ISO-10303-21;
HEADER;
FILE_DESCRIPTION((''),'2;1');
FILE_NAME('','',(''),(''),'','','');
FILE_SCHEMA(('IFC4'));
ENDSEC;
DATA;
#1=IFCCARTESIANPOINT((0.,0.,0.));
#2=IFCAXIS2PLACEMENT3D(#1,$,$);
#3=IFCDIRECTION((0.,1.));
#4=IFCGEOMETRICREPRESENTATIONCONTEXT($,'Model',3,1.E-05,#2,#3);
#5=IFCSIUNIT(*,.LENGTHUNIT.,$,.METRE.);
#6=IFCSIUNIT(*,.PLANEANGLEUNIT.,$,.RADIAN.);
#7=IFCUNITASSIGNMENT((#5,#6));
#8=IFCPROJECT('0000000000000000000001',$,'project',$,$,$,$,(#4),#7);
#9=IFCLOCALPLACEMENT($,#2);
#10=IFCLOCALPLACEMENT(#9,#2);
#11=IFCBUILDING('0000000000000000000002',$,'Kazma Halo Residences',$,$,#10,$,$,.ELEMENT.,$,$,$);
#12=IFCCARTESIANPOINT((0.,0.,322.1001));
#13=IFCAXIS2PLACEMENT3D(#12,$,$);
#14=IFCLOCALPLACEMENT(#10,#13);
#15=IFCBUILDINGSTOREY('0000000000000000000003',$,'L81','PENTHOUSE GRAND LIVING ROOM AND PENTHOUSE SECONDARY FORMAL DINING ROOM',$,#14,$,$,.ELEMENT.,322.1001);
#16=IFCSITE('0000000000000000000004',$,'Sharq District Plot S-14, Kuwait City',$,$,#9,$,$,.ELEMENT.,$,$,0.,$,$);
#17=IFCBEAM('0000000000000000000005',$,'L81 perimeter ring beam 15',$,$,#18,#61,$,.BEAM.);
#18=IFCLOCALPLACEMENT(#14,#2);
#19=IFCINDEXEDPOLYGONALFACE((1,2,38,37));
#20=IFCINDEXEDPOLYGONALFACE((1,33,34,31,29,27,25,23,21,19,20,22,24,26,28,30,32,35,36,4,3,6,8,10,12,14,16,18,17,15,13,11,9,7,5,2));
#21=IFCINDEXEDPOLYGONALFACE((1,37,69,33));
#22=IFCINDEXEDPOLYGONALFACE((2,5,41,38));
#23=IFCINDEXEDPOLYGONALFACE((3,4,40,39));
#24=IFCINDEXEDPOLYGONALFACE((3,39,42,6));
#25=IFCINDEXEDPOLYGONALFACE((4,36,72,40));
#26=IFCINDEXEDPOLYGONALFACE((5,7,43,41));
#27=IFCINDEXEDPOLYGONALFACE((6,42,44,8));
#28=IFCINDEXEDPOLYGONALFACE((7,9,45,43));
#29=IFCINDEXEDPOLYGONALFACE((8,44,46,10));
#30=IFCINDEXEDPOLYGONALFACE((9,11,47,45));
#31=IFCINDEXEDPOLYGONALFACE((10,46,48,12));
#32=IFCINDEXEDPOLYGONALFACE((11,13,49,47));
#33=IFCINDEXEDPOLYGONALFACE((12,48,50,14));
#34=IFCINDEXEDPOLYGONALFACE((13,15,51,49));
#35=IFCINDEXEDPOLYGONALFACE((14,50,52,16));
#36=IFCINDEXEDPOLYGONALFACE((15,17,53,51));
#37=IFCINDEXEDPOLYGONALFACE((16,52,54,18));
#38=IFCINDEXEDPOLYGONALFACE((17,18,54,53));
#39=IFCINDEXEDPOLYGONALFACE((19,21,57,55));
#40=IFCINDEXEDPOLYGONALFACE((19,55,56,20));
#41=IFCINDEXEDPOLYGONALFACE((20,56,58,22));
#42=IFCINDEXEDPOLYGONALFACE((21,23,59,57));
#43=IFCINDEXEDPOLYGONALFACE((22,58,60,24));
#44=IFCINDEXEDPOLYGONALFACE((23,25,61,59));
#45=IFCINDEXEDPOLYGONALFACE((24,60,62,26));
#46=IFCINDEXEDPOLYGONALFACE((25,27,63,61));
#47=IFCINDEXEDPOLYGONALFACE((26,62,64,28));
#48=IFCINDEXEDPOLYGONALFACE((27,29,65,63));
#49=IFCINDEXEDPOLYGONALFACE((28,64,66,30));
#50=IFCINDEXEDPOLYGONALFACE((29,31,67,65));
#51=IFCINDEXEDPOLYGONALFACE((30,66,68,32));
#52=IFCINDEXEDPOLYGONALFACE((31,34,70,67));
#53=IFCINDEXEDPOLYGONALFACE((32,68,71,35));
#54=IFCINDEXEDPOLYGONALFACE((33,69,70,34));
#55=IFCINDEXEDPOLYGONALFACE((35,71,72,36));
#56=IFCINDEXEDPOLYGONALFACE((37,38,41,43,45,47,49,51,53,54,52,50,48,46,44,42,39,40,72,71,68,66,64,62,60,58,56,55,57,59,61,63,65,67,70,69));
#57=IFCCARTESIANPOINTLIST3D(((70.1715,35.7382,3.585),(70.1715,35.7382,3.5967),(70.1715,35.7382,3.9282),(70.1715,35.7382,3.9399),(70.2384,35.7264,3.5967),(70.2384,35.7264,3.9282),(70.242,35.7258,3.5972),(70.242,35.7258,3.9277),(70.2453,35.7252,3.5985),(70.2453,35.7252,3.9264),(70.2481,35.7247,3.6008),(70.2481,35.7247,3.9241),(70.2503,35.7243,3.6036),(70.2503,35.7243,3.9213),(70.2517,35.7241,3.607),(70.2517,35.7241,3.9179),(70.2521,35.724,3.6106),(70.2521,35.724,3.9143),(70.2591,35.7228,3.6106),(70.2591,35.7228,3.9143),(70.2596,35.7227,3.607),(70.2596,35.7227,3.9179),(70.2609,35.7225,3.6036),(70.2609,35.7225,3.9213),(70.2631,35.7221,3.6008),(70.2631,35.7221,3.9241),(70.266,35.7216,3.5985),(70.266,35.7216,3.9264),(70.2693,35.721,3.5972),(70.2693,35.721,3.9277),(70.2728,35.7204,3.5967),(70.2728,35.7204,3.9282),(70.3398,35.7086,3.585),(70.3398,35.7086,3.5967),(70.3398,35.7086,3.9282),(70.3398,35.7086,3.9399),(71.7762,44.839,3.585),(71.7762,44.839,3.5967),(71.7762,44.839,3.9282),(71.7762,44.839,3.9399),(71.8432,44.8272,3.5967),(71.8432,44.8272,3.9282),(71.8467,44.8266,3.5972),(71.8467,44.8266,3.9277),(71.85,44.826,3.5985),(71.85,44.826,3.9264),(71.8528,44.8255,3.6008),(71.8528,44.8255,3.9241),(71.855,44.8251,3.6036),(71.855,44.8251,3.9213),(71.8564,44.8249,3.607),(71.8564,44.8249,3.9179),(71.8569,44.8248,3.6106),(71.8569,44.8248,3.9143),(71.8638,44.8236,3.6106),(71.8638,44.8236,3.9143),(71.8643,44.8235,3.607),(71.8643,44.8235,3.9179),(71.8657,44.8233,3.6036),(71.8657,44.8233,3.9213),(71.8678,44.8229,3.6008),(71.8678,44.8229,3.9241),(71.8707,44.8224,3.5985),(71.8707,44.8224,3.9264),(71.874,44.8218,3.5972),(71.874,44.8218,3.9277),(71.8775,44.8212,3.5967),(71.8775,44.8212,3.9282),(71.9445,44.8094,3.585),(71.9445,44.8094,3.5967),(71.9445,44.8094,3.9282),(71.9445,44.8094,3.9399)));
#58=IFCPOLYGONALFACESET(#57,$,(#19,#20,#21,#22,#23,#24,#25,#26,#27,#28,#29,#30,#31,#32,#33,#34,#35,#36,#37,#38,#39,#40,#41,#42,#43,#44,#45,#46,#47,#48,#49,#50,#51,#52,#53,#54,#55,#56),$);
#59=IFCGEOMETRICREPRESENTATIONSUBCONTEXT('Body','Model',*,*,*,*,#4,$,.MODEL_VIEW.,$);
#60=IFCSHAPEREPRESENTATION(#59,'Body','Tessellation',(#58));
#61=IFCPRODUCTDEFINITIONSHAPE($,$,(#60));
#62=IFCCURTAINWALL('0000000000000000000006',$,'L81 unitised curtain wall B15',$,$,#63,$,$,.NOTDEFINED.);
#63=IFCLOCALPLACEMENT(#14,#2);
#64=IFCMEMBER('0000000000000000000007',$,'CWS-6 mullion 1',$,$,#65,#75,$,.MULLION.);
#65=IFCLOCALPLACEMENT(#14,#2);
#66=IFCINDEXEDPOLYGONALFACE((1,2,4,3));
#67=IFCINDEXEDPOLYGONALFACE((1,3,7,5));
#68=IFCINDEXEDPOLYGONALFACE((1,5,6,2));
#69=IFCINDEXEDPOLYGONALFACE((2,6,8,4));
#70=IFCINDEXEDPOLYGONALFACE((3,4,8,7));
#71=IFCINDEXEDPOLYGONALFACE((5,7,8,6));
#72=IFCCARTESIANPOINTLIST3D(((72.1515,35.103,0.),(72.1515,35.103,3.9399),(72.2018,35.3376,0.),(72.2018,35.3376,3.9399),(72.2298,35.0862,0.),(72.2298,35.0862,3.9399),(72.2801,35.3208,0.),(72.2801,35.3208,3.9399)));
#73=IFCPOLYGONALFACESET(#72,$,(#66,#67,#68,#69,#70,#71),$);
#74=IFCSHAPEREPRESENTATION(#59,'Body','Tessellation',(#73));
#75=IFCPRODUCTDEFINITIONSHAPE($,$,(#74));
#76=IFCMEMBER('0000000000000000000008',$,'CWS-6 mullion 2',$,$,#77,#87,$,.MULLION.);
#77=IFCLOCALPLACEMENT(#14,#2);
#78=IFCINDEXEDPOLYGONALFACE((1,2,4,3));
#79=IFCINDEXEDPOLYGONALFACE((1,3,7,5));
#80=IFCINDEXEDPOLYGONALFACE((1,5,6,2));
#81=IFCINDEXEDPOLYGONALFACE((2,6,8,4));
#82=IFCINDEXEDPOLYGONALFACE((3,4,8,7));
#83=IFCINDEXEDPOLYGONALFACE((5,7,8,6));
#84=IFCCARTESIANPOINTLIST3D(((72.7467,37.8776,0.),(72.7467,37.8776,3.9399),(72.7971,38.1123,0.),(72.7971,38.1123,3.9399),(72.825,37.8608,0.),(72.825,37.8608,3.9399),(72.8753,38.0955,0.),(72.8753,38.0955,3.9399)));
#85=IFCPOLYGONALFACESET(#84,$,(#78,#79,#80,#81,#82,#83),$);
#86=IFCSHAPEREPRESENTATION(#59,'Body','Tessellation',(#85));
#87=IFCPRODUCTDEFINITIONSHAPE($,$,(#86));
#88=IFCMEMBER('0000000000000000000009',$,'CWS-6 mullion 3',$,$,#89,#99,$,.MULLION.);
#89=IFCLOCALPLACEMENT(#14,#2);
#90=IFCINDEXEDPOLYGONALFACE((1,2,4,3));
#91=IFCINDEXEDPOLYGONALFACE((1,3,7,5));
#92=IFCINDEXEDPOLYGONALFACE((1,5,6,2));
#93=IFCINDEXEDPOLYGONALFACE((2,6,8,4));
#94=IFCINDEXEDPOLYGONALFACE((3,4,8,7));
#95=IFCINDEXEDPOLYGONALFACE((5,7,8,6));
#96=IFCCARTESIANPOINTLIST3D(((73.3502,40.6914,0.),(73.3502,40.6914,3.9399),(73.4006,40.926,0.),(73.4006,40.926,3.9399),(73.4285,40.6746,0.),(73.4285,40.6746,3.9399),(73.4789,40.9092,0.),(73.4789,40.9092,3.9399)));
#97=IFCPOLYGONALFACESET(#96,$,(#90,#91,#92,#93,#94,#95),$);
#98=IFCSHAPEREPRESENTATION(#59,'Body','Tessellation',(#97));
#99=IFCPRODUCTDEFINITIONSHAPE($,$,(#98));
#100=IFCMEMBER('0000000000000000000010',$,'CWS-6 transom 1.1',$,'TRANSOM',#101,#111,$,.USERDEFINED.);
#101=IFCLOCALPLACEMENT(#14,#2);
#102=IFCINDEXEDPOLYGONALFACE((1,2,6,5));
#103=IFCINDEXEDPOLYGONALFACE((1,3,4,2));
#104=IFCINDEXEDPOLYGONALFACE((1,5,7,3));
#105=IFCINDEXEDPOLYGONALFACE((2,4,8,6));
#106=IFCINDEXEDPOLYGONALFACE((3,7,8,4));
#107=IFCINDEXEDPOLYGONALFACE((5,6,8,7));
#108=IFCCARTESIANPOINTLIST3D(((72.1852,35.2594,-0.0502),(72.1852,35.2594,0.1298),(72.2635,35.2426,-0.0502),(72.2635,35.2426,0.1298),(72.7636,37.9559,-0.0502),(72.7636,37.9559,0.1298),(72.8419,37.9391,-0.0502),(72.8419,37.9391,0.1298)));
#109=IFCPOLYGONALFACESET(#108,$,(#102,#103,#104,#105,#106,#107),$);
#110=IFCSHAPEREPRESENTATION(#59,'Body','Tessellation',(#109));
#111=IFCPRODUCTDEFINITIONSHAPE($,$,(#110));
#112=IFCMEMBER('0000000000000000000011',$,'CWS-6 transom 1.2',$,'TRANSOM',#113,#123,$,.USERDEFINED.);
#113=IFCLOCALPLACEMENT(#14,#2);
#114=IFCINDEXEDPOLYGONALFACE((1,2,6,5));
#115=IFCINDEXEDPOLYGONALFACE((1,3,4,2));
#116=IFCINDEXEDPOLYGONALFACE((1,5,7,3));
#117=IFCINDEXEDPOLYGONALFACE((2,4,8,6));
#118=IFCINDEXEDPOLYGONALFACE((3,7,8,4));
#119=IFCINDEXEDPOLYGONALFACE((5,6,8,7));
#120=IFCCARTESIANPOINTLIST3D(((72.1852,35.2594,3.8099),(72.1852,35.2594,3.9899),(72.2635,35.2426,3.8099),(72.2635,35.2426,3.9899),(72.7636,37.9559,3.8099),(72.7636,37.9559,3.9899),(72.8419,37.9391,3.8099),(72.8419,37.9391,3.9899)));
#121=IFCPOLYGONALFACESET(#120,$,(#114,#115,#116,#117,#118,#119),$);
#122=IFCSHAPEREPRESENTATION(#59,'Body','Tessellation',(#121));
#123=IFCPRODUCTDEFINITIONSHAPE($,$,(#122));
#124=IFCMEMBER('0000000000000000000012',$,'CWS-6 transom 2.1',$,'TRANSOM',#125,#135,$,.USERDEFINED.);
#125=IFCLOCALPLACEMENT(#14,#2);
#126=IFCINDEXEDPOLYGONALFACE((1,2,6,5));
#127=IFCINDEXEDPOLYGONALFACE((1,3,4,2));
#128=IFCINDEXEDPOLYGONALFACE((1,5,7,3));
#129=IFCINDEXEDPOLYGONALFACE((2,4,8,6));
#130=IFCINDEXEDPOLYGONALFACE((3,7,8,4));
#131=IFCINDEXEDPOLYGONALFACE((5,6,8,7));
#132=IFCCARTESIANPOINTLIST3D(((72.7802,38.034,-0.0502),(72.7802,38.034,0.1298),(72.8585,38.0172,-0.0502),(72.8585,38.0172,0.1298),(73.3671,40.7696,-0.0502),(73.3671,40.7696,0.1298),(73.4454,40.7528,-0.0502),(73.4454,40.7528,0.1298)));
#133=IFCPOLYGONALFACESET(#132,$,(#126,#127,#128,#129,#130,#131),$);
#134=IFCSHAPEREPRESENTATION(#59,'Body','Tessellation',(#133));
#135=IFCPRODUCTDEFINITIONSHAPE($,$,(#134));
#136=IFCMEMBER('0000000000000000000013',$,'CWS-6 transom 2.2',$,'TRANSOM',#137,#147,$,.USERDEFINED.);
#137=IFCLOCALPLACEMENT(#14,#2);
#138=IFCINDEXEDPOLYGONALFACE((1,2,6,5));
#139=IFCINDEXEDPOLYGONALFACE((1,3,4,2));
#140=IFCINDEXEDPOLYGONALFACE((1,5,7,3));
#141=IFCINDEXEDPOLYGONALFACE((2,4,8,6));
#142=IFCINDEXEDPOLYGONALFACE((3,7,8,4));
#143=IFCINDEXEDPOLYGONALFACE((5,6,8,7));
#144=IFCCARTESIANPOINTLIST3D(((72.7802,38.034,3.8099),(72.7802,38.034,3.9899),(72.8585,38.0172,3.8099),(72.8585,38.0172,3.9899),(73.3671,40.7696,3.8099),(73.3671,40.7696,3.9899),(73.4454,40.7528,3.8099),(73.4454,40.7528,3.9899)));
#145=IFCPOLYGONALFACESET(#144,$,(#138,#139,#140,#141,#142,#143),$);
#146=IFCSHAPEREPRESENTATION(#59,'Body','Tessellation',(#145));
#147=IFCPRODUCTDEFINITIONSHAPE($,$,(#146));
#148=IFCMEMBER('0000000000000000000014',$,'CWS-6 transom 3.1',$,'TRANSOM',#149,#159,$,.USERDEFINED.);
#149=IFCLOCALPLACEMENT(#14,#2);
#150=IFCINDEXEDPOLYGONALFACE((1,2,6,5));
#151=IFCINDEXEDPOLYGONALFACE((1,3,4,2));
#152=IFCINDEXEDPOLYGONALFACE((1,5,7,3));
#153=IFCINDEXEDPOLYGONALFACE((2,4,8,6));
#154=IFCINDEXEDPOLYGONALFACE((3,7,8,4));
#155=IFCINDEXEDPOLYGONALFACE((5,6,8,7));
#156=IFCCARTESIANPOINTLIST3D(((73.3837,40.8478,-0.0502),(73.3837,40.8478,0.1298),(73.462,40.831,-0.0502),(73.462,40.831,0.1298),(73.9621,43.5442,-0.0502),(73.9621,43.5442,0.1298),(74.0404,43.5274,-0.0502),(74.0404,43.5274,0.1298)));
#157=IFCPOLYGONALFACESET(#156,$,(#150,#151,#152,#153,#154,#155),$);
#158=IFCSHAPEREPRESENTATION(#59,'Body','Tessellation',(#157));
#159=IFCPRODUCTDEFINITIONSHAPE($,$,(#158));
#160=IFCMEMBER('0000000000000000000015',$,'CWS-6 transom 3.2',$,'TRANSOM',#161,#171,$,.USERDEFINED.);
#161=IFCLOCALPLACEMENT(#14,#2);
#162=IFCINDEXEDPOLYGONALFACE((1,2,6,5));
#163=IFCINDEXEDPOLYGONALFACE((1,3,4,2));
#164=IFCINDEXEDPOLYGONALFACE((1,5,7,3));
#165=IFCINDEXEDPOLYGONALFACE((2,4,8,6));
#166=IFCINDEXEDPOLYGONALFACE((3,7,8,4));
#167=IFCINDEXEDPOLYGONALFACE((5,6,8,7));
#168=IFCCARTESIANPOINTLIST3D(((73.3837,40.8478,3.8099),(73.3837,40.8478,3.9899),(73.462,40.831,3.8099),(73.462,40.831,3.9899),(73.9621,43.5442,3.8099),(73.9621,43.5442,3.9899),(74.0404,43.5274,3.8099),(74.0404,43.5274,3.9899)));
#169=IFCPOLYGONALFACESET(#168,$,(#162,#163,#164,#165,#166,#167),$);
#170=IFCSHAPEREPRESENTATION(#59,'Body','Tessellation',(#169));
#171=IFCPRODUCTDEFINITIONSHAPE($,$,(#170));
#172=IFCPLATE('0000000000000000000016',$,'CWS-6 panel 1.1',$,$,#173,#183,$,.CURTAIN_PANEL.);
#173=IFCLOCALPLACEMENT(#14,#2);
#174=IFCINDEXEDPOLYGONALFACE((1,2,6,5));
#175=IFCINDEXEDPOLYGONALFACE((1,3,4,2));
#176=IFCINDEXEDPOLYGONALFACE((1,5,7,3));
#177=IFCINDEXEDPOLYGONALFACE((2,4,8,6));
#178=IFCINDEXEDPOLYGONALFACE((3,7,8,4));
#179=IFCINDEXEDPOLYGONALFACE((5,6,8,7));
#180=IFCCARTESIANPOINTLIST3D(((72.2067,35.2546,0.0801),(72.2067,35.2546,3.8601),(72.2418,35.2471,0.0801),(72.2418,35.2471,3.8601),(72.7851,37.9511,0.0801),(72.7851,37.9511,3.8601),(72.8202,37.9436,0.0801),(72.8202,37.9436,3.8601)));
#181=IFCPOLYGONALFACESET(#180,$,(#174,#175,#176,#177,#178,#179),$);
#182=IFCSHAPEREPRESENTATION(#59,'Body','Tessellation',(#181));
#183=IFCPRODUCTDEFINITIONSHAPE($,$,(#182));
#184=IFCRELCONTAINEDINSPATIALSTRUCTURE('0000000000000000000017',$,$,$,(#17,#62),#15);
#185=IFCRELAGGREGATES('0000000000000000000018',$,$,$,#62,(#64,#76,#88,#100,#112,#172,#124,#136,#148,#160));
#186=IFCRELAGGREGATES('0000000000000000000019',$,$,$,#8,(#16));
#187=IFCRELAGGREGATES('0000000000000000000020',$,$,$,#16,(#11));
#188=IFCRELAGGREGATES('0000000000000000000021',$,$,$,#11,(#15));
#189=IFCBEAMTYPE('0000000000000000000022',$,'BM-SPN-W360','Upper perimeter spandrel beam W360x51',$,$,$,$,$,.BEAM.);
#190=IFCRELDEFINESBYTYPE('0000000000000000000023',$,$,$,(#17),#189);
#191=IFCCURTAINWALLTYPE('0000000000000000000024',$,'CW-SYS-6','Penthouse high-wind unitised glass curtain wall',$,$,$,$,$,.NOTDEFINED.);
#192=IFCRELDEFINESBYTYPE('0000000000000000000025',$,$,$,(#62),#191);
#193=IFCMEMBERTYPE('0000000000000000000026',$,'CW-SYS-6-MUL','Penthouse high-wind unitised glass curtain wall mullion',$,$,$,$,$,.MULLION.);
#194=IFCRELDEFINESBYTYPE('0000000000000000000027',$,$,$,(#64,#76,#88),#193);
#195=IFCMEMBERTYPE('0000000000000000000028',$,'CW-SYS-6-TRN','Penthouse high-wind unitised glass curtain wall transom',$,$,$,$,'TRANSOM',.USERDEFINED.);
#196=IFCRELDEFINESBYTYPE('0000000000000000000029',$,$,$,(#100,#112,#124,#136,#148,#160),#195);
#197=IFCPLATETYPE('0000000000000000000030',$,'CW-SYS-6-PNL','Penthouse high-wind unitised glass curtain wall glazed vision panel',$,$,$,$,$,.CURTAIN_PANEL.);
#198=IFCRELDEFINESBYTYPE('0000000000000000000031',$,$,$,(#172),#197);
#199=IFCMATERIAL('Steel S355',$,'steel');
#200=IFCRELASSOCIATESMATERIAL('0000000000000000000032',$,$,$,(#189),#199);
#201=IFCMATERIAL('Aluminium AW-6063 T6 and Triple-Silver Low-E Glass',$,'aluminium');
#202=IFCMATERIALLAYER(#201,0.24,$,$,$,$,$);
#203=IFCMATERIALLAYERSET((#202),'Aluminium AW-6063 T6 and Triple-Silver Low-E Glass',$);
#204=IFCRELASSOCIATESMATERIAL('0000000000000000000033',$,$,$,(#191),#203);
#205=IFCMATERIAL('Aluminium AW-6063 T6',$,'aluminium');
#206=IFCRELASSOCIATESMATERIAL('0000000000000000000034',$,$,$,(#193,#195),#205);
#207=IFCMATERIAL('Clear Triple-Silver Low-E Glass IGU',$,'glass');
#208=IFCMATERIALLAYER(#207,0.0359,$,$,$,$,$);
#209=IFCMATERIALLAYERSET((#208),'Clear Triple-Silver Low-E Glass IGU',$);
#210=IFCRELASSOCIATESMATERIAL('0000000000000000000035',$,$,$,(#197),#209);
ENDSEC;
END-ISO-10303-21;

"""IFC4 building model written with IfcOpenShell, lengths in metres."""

from ifc_helpers import new_model, si_unit, direction, frame, origin, origin_2d, place, context, subcontext, project, spatial, rectangle, i_section, extrude, material, layer, layer_set, material_profile, profile_set, type_object, element, aggregate, save


model = new_model("IFC4")

# Units and contexts
model_context = context("Model", 3, precision=1e-05, world=origin(), true_north=direction((0.0, 1.0)))
body_context = subcontext(model_context, "Body", "Model", "MODEL_VIEW")
ifc_project = project(units=[si_unit("LENGTHUNIT", "METRE"), si_unit("PLANEANGLEUNIT", "RADIAN")], contexts=[model_context])

# Site, building, storey
site_placement = place(None, origin())
site = spatial("IfcSite", under=ifc_project, at=site_placement, Name="Sharq District Plot S-14, Kuwait City", CompositionType="ELEMENT", RefElevation=0.0)
building_placement = place(site_placement, origin())
building = spatial("IfcBuilding", under=site, at=building_placement, Name="Kazma Halo Residences", CompositionType="ELEMENT")
storey_placement = place(building_placement, frame((0.0, 0.0, 322.1001)))
storey = spatial("IfcBuildingStorey", under=building, at=storey_placement, Name="L81", Description="PENTHOUSE GRAND LIVING ROOM AND PENTHOUSE SECONDARY FORMAL DINING ROOM", CompositionType="ELEMENT", Elevation=322.1001)

# Beam
ifc_material_1 = material(Name="Steel S355", Category="steel")
ifc_material_profile_1 = material_profile(ifc_material_1, i_section(OverallWidth=0.1709, OverallDepth=0.355, WebThickness=0.0071, FlangeThickness=0.0117, FilletRadius=0.0139, at=origin_2d()), Name="W360x51")
ifc_profile_set_1 = profile_set([ifc_material_profile_1], Name="Steel S355")
beam_type_1 = type_object("IfcBeamType", Name="BM-SPN-W360", Description="Upper perimeter spandrel beam W360x51", PredefinedType="BEAM", material=ifc_profile_set_1)
beam_1_placement = place(storey_placement, frame((70.2556, 35.7234, 3.7625), z_axis=(0.17365, 0.984807, 0.0), x_axis=(-0.984807, 0.17365, 0.0)))
element("IfcBeam", 1, at=beam_1_placement, inside=storey, type_object=beam_type_1, Name="L81 perimeter ring beam 15", PredefinedType="BEAM", context=body_context, shape_type="SweptSolid", body=[
    extrude(i_section(OverallWidth=0.1709, OverallDepth=0.355, WebThickness=0.0071, FlangeThickness=0.0117, FilletRadius=0.0139, at=origin_2d()), origin(), (0.0, 0.0, 1.0), 9.2412),
])

# Curtain wall, members, plate
ifc_material_2 = material(Name="Aluminium AW-6063 T6 and Triple-Silver Low-E Glass", Category="aluminium")
ifc_layer_1 = layer(ifc_material_2, 0.24)
ifc_layer_set_1 = layer_set([ifc_layer_1], Name="Aluminium AW-6063 T6 and Triple-Silver Low-E Glass")
curtain_wall_type = type_object("IfcCurtainWallType", Name="CW-SYS-6", Description="Penthouse high-wind unitised glass curtain wall", PredefinedType="NOTDEFINED", material=ifc_layer_set_1)
curtain_wall_placement = place(storey_placement, origin())
curtain_wall = element("IfcCurtainWall", 2, at=curtain_wall_placement, inside=storey, type_object=curtain_wall_type, Name="L81 unitised curtain wall B15", PredefinedType="NOTDEFINED")
ifc_material_3 = material(Name="Aluminium AW-6063 T6", Category="aluminium")
ifc_material_profile_2 = material_profile(ifc_material_3, rectangle(XDim=0.0801, YDim=0.24, at=origin_2d()), Name="CWM-80x240")
ifc_profile_set_2 = profile_set([ifc_material_profile_2], Name="Aluminium AW-6063 T6")
member_type_1 = type_object("IfcMemberType", Name="CW-SYS-6-MUL", Description="Penthouse high-wind unitised glass curtain wall mullion", PredefinedType="MULLION", material=ifc_profile_set_2)
member_1_placement = place(storey_placement, frame((72.2158, 35.2119, 0.0), z_axis=(0.0, 0.0, 1.0), x_axis=(-0.977761, 0.209723, 0.0)))
member_1 = element("IfcMember", 3, at=member_1_placement, type_object=member_type_1, Name="CWS-6 mullion 1", PredefinedType="MULLION", context=body_context, shape_type="SweptSolid", body=[
    extrude(rectangle(XDim=0.0801, YDim=0.24, at=origin_2d()), origin(), (0.0, 0.0, 1.0), 3.9399),
])
member_2_placement = place(storey_placement, frame((72.811, 37.9866, 0.0), z_axis=(0.0, 0.0, 1.0), x_axis=(-0.977761, 0.209723, 0.0)))
member_2 = element("IfcMember", 4, at=member_2_placement, type_object=member_type_1, Name="CWS-6 mullion 2", PredefinedType="MULLION", context=body_context, shape_type="SweptSolid", body=[
    extrude(rectangle(XDim=0.0801, YDim=0.24, at=origin_2d()), origin(), (0.0, 0.0, 1.0), 3.9399),
])
member_3_placement = place(storey_placement, frame((73.4146, 40.8003, 0.0), z_axis=(0.0, 0.0, 1.0), x_axis=(-0.977761, 0.209723, 0.0)))
member_3 = element("IfcMember", 5, at=member_3_placement, type_object=member_type_1, Name="CWS-6 mullion 3", PredefinedType="MULLION", context=body_context, shape_type="SweptSolid", body=[
    extrude(rectangle(XDim=0.0801, YDim=0.24, at=origin_2d()), origin(), (0.0, 0.0, 1.0), 3.9399),
])
ifc_material_profile_3 = material_profile(ifc_material_3, rectangle(XDim=0.0801, YDim=0.1799, at=origin_2d()), Name="CWT-80x180")
ifc_profile_set_3 = profile_set([ifc_material_profile_3], Name="Aluminium AW-6063 T6")
member_type_2 = type_object("IfcMemberType", Name="CW-SYS-6-TRN", Description="Penthouse high-wind unitised glass curtain wall transom", ElementType="TRANSOM", PredefinedType="USERDEFINED", material=ifc_profile_set_3)
member_4_placement = place(storey_placement, frame((72.2244, 35.251, 0.0398), z_axis=(0.209716, 0.977762, 0.0), x_axis=(-0.977762, 0.209716, 0.0)))
member_4 = element("IfcMember", 6, at=member_4_placement, type_object=member_type_2, Name="CWS-6 transom 1.1", ObjectType="TRANSOM", PredefinedType="USERDEFINED", context=body_context, shape_type="SweptSolid", body=[
    extrude(rectangle(XDim=0.0801, YDim=0.1799, at=origin_2d()), origin(), (0.0, 0.0, 1.0), 2.7578),
])
member_5_placement = place(storey_placement, frame((72.2244, 35.251, 3.8999), z_axis=(0.209716, 0.977762, 0.0), x_axis=(-0.977762, 0.209716, 0.0)))
member_5 = element("IfcMember", 7, at=member_5_placement, type_object=member_type_2, Name="CWS-6 transom 1.2", ObjectType="TRANSOM", PredefinedType="USERDEFINED", context=body_context, shape_type="SweptSolid", body=[
    extrude(rectangle(XDim=0.0801, YDim=0.1799, at=origin_2d()), origin(), (0.0, 0.0, 1.0), 2.7578),
])
member_6_placement = place(storey_placement, frame((72.8193, 38.0256, 0.0398), z_axis=(0.209773, 0.97775, 0.0), x_axis=(-0.97775, 0.209773, 0.0)))
member_6 = element("IfcMember", 8, at=member_6_placement, type_object=member_type_2, Name="CWS-6 transom 2.1", ObjectType="TRANSOM", PredefinedType="USERDEFINED", context=body_context, shape_type="SweptSolid", body=[
    extrude(rectangle(XDim=0.0801, YDim=0.1799, at=origin_2d()), origin(), (0.0, 0.0, 1.0), 2.7979),
])
member_7_placement = place(storey_placement, frame((72.8193, 38.0256, 3.8999), z_axis=(0.209773, 0.97775, 0.0), x_axis=(-0.97775, 0.209773, 0.0)))
member_7 = element("IfcMember", 9, at=member_7_placement, type_object=member_type_2, Name="CWS-6 transom 2.2", ObjectType="TRANSOM", PredefinedType="USERDEFINED", context=body_context, shape_type="SweptSolid", body=[
    extrude(rectangle(XDim=0.0801, YDim=0.1799, at=origin_2d()), origin(), (0.0, 0.0, 1.0), 2.7979),
])
member_8_placement = place(storey_placement, frame((73.4229, 40.8394, 0.0398), z_axis=(0.209716, 0.977762, 0.0), x_axis=(-0.977762, 0.209716, 0.0)))
member_8 = element("IfcMember", 10, at=member_8_placement, type_object=member_type_2, Name="CWS-6 transom 3.1", ObjectType="TRANSOM", PredefinedType="USERDEFINED", context=body_context, shape_type="SweptSolid", body=[
    extrude(rectangle(XDim=0.0801, YDim=0.1799, at=origin_2d()), origin(), (0.0, 0.0, 1.0), 2.7578),
])
member_9_placement = place(storey_placement, frame((73.4229, 40.8394, 3.8999), z_axis=(0.209716, 0.977762, 0.0), x_axis=(-0.977762, 0.209716, 0.0)))
member_9 = element("IfcMember", 11, at=member_9_placement, type_object=member_type_2, Name="CWS-6 transom 3.2", ObjectType="TRANSOM", PredefinedType="USERDEFINED", context=body_context, shape_type="SweptSolid", body=[
    extrude(rectangle(XDim=0.0801, YDim=0.1799, at=origin_2d()), origin(), (0.0, 0.0, 1.0), 2.7578),
])
ifc_material_4 = material(Name="Clear Triple-Silver Low-E Glass IGU", Category="glass")
ifc_layer_2 = layer(ifc_material_4, 0.0359)
ifc_layer_set_2 = layer_set([ifc_layer_2], Name="Clear Triple-Silver Low-E Glass IGU")
plate_type = type_object("IfcPlateType", Name="CW-SYS-6-PNL", Description="Penthouse high-wind unitised glass curtain wall glazed vision panel", PredefinedType="CURTAIN_PANEL", material=ifc_layer_set_2)
plate_1_placement = place(storey_placement, frame((72.5134, 36.5991, 0.0801), z_axis=(0.0, 0.0, 1.0), x_axis=(0.209723, 0.977761, 0.0)))
plate_1 = element("IfcPlate", 12, at=plate_1_placement, type_object=plate_type, Name="CWS-6 panel 1.1", PredefinedType="CURTAIN_PANEL", context=body_context, shape_type="SweptSolid", body=[
    extrude(rectangle(XDim=2.7578, YDim=0.0359, at=origin_2d()), origin(), (0.0, 0.0, 1.0), 3.78),
])
aggregate(curtain_wall, [member_1, member_2, member_3, member_4, member_5, plate_1, member_6, member_7, member_8, member_9])

save(model, "model.ifc")
